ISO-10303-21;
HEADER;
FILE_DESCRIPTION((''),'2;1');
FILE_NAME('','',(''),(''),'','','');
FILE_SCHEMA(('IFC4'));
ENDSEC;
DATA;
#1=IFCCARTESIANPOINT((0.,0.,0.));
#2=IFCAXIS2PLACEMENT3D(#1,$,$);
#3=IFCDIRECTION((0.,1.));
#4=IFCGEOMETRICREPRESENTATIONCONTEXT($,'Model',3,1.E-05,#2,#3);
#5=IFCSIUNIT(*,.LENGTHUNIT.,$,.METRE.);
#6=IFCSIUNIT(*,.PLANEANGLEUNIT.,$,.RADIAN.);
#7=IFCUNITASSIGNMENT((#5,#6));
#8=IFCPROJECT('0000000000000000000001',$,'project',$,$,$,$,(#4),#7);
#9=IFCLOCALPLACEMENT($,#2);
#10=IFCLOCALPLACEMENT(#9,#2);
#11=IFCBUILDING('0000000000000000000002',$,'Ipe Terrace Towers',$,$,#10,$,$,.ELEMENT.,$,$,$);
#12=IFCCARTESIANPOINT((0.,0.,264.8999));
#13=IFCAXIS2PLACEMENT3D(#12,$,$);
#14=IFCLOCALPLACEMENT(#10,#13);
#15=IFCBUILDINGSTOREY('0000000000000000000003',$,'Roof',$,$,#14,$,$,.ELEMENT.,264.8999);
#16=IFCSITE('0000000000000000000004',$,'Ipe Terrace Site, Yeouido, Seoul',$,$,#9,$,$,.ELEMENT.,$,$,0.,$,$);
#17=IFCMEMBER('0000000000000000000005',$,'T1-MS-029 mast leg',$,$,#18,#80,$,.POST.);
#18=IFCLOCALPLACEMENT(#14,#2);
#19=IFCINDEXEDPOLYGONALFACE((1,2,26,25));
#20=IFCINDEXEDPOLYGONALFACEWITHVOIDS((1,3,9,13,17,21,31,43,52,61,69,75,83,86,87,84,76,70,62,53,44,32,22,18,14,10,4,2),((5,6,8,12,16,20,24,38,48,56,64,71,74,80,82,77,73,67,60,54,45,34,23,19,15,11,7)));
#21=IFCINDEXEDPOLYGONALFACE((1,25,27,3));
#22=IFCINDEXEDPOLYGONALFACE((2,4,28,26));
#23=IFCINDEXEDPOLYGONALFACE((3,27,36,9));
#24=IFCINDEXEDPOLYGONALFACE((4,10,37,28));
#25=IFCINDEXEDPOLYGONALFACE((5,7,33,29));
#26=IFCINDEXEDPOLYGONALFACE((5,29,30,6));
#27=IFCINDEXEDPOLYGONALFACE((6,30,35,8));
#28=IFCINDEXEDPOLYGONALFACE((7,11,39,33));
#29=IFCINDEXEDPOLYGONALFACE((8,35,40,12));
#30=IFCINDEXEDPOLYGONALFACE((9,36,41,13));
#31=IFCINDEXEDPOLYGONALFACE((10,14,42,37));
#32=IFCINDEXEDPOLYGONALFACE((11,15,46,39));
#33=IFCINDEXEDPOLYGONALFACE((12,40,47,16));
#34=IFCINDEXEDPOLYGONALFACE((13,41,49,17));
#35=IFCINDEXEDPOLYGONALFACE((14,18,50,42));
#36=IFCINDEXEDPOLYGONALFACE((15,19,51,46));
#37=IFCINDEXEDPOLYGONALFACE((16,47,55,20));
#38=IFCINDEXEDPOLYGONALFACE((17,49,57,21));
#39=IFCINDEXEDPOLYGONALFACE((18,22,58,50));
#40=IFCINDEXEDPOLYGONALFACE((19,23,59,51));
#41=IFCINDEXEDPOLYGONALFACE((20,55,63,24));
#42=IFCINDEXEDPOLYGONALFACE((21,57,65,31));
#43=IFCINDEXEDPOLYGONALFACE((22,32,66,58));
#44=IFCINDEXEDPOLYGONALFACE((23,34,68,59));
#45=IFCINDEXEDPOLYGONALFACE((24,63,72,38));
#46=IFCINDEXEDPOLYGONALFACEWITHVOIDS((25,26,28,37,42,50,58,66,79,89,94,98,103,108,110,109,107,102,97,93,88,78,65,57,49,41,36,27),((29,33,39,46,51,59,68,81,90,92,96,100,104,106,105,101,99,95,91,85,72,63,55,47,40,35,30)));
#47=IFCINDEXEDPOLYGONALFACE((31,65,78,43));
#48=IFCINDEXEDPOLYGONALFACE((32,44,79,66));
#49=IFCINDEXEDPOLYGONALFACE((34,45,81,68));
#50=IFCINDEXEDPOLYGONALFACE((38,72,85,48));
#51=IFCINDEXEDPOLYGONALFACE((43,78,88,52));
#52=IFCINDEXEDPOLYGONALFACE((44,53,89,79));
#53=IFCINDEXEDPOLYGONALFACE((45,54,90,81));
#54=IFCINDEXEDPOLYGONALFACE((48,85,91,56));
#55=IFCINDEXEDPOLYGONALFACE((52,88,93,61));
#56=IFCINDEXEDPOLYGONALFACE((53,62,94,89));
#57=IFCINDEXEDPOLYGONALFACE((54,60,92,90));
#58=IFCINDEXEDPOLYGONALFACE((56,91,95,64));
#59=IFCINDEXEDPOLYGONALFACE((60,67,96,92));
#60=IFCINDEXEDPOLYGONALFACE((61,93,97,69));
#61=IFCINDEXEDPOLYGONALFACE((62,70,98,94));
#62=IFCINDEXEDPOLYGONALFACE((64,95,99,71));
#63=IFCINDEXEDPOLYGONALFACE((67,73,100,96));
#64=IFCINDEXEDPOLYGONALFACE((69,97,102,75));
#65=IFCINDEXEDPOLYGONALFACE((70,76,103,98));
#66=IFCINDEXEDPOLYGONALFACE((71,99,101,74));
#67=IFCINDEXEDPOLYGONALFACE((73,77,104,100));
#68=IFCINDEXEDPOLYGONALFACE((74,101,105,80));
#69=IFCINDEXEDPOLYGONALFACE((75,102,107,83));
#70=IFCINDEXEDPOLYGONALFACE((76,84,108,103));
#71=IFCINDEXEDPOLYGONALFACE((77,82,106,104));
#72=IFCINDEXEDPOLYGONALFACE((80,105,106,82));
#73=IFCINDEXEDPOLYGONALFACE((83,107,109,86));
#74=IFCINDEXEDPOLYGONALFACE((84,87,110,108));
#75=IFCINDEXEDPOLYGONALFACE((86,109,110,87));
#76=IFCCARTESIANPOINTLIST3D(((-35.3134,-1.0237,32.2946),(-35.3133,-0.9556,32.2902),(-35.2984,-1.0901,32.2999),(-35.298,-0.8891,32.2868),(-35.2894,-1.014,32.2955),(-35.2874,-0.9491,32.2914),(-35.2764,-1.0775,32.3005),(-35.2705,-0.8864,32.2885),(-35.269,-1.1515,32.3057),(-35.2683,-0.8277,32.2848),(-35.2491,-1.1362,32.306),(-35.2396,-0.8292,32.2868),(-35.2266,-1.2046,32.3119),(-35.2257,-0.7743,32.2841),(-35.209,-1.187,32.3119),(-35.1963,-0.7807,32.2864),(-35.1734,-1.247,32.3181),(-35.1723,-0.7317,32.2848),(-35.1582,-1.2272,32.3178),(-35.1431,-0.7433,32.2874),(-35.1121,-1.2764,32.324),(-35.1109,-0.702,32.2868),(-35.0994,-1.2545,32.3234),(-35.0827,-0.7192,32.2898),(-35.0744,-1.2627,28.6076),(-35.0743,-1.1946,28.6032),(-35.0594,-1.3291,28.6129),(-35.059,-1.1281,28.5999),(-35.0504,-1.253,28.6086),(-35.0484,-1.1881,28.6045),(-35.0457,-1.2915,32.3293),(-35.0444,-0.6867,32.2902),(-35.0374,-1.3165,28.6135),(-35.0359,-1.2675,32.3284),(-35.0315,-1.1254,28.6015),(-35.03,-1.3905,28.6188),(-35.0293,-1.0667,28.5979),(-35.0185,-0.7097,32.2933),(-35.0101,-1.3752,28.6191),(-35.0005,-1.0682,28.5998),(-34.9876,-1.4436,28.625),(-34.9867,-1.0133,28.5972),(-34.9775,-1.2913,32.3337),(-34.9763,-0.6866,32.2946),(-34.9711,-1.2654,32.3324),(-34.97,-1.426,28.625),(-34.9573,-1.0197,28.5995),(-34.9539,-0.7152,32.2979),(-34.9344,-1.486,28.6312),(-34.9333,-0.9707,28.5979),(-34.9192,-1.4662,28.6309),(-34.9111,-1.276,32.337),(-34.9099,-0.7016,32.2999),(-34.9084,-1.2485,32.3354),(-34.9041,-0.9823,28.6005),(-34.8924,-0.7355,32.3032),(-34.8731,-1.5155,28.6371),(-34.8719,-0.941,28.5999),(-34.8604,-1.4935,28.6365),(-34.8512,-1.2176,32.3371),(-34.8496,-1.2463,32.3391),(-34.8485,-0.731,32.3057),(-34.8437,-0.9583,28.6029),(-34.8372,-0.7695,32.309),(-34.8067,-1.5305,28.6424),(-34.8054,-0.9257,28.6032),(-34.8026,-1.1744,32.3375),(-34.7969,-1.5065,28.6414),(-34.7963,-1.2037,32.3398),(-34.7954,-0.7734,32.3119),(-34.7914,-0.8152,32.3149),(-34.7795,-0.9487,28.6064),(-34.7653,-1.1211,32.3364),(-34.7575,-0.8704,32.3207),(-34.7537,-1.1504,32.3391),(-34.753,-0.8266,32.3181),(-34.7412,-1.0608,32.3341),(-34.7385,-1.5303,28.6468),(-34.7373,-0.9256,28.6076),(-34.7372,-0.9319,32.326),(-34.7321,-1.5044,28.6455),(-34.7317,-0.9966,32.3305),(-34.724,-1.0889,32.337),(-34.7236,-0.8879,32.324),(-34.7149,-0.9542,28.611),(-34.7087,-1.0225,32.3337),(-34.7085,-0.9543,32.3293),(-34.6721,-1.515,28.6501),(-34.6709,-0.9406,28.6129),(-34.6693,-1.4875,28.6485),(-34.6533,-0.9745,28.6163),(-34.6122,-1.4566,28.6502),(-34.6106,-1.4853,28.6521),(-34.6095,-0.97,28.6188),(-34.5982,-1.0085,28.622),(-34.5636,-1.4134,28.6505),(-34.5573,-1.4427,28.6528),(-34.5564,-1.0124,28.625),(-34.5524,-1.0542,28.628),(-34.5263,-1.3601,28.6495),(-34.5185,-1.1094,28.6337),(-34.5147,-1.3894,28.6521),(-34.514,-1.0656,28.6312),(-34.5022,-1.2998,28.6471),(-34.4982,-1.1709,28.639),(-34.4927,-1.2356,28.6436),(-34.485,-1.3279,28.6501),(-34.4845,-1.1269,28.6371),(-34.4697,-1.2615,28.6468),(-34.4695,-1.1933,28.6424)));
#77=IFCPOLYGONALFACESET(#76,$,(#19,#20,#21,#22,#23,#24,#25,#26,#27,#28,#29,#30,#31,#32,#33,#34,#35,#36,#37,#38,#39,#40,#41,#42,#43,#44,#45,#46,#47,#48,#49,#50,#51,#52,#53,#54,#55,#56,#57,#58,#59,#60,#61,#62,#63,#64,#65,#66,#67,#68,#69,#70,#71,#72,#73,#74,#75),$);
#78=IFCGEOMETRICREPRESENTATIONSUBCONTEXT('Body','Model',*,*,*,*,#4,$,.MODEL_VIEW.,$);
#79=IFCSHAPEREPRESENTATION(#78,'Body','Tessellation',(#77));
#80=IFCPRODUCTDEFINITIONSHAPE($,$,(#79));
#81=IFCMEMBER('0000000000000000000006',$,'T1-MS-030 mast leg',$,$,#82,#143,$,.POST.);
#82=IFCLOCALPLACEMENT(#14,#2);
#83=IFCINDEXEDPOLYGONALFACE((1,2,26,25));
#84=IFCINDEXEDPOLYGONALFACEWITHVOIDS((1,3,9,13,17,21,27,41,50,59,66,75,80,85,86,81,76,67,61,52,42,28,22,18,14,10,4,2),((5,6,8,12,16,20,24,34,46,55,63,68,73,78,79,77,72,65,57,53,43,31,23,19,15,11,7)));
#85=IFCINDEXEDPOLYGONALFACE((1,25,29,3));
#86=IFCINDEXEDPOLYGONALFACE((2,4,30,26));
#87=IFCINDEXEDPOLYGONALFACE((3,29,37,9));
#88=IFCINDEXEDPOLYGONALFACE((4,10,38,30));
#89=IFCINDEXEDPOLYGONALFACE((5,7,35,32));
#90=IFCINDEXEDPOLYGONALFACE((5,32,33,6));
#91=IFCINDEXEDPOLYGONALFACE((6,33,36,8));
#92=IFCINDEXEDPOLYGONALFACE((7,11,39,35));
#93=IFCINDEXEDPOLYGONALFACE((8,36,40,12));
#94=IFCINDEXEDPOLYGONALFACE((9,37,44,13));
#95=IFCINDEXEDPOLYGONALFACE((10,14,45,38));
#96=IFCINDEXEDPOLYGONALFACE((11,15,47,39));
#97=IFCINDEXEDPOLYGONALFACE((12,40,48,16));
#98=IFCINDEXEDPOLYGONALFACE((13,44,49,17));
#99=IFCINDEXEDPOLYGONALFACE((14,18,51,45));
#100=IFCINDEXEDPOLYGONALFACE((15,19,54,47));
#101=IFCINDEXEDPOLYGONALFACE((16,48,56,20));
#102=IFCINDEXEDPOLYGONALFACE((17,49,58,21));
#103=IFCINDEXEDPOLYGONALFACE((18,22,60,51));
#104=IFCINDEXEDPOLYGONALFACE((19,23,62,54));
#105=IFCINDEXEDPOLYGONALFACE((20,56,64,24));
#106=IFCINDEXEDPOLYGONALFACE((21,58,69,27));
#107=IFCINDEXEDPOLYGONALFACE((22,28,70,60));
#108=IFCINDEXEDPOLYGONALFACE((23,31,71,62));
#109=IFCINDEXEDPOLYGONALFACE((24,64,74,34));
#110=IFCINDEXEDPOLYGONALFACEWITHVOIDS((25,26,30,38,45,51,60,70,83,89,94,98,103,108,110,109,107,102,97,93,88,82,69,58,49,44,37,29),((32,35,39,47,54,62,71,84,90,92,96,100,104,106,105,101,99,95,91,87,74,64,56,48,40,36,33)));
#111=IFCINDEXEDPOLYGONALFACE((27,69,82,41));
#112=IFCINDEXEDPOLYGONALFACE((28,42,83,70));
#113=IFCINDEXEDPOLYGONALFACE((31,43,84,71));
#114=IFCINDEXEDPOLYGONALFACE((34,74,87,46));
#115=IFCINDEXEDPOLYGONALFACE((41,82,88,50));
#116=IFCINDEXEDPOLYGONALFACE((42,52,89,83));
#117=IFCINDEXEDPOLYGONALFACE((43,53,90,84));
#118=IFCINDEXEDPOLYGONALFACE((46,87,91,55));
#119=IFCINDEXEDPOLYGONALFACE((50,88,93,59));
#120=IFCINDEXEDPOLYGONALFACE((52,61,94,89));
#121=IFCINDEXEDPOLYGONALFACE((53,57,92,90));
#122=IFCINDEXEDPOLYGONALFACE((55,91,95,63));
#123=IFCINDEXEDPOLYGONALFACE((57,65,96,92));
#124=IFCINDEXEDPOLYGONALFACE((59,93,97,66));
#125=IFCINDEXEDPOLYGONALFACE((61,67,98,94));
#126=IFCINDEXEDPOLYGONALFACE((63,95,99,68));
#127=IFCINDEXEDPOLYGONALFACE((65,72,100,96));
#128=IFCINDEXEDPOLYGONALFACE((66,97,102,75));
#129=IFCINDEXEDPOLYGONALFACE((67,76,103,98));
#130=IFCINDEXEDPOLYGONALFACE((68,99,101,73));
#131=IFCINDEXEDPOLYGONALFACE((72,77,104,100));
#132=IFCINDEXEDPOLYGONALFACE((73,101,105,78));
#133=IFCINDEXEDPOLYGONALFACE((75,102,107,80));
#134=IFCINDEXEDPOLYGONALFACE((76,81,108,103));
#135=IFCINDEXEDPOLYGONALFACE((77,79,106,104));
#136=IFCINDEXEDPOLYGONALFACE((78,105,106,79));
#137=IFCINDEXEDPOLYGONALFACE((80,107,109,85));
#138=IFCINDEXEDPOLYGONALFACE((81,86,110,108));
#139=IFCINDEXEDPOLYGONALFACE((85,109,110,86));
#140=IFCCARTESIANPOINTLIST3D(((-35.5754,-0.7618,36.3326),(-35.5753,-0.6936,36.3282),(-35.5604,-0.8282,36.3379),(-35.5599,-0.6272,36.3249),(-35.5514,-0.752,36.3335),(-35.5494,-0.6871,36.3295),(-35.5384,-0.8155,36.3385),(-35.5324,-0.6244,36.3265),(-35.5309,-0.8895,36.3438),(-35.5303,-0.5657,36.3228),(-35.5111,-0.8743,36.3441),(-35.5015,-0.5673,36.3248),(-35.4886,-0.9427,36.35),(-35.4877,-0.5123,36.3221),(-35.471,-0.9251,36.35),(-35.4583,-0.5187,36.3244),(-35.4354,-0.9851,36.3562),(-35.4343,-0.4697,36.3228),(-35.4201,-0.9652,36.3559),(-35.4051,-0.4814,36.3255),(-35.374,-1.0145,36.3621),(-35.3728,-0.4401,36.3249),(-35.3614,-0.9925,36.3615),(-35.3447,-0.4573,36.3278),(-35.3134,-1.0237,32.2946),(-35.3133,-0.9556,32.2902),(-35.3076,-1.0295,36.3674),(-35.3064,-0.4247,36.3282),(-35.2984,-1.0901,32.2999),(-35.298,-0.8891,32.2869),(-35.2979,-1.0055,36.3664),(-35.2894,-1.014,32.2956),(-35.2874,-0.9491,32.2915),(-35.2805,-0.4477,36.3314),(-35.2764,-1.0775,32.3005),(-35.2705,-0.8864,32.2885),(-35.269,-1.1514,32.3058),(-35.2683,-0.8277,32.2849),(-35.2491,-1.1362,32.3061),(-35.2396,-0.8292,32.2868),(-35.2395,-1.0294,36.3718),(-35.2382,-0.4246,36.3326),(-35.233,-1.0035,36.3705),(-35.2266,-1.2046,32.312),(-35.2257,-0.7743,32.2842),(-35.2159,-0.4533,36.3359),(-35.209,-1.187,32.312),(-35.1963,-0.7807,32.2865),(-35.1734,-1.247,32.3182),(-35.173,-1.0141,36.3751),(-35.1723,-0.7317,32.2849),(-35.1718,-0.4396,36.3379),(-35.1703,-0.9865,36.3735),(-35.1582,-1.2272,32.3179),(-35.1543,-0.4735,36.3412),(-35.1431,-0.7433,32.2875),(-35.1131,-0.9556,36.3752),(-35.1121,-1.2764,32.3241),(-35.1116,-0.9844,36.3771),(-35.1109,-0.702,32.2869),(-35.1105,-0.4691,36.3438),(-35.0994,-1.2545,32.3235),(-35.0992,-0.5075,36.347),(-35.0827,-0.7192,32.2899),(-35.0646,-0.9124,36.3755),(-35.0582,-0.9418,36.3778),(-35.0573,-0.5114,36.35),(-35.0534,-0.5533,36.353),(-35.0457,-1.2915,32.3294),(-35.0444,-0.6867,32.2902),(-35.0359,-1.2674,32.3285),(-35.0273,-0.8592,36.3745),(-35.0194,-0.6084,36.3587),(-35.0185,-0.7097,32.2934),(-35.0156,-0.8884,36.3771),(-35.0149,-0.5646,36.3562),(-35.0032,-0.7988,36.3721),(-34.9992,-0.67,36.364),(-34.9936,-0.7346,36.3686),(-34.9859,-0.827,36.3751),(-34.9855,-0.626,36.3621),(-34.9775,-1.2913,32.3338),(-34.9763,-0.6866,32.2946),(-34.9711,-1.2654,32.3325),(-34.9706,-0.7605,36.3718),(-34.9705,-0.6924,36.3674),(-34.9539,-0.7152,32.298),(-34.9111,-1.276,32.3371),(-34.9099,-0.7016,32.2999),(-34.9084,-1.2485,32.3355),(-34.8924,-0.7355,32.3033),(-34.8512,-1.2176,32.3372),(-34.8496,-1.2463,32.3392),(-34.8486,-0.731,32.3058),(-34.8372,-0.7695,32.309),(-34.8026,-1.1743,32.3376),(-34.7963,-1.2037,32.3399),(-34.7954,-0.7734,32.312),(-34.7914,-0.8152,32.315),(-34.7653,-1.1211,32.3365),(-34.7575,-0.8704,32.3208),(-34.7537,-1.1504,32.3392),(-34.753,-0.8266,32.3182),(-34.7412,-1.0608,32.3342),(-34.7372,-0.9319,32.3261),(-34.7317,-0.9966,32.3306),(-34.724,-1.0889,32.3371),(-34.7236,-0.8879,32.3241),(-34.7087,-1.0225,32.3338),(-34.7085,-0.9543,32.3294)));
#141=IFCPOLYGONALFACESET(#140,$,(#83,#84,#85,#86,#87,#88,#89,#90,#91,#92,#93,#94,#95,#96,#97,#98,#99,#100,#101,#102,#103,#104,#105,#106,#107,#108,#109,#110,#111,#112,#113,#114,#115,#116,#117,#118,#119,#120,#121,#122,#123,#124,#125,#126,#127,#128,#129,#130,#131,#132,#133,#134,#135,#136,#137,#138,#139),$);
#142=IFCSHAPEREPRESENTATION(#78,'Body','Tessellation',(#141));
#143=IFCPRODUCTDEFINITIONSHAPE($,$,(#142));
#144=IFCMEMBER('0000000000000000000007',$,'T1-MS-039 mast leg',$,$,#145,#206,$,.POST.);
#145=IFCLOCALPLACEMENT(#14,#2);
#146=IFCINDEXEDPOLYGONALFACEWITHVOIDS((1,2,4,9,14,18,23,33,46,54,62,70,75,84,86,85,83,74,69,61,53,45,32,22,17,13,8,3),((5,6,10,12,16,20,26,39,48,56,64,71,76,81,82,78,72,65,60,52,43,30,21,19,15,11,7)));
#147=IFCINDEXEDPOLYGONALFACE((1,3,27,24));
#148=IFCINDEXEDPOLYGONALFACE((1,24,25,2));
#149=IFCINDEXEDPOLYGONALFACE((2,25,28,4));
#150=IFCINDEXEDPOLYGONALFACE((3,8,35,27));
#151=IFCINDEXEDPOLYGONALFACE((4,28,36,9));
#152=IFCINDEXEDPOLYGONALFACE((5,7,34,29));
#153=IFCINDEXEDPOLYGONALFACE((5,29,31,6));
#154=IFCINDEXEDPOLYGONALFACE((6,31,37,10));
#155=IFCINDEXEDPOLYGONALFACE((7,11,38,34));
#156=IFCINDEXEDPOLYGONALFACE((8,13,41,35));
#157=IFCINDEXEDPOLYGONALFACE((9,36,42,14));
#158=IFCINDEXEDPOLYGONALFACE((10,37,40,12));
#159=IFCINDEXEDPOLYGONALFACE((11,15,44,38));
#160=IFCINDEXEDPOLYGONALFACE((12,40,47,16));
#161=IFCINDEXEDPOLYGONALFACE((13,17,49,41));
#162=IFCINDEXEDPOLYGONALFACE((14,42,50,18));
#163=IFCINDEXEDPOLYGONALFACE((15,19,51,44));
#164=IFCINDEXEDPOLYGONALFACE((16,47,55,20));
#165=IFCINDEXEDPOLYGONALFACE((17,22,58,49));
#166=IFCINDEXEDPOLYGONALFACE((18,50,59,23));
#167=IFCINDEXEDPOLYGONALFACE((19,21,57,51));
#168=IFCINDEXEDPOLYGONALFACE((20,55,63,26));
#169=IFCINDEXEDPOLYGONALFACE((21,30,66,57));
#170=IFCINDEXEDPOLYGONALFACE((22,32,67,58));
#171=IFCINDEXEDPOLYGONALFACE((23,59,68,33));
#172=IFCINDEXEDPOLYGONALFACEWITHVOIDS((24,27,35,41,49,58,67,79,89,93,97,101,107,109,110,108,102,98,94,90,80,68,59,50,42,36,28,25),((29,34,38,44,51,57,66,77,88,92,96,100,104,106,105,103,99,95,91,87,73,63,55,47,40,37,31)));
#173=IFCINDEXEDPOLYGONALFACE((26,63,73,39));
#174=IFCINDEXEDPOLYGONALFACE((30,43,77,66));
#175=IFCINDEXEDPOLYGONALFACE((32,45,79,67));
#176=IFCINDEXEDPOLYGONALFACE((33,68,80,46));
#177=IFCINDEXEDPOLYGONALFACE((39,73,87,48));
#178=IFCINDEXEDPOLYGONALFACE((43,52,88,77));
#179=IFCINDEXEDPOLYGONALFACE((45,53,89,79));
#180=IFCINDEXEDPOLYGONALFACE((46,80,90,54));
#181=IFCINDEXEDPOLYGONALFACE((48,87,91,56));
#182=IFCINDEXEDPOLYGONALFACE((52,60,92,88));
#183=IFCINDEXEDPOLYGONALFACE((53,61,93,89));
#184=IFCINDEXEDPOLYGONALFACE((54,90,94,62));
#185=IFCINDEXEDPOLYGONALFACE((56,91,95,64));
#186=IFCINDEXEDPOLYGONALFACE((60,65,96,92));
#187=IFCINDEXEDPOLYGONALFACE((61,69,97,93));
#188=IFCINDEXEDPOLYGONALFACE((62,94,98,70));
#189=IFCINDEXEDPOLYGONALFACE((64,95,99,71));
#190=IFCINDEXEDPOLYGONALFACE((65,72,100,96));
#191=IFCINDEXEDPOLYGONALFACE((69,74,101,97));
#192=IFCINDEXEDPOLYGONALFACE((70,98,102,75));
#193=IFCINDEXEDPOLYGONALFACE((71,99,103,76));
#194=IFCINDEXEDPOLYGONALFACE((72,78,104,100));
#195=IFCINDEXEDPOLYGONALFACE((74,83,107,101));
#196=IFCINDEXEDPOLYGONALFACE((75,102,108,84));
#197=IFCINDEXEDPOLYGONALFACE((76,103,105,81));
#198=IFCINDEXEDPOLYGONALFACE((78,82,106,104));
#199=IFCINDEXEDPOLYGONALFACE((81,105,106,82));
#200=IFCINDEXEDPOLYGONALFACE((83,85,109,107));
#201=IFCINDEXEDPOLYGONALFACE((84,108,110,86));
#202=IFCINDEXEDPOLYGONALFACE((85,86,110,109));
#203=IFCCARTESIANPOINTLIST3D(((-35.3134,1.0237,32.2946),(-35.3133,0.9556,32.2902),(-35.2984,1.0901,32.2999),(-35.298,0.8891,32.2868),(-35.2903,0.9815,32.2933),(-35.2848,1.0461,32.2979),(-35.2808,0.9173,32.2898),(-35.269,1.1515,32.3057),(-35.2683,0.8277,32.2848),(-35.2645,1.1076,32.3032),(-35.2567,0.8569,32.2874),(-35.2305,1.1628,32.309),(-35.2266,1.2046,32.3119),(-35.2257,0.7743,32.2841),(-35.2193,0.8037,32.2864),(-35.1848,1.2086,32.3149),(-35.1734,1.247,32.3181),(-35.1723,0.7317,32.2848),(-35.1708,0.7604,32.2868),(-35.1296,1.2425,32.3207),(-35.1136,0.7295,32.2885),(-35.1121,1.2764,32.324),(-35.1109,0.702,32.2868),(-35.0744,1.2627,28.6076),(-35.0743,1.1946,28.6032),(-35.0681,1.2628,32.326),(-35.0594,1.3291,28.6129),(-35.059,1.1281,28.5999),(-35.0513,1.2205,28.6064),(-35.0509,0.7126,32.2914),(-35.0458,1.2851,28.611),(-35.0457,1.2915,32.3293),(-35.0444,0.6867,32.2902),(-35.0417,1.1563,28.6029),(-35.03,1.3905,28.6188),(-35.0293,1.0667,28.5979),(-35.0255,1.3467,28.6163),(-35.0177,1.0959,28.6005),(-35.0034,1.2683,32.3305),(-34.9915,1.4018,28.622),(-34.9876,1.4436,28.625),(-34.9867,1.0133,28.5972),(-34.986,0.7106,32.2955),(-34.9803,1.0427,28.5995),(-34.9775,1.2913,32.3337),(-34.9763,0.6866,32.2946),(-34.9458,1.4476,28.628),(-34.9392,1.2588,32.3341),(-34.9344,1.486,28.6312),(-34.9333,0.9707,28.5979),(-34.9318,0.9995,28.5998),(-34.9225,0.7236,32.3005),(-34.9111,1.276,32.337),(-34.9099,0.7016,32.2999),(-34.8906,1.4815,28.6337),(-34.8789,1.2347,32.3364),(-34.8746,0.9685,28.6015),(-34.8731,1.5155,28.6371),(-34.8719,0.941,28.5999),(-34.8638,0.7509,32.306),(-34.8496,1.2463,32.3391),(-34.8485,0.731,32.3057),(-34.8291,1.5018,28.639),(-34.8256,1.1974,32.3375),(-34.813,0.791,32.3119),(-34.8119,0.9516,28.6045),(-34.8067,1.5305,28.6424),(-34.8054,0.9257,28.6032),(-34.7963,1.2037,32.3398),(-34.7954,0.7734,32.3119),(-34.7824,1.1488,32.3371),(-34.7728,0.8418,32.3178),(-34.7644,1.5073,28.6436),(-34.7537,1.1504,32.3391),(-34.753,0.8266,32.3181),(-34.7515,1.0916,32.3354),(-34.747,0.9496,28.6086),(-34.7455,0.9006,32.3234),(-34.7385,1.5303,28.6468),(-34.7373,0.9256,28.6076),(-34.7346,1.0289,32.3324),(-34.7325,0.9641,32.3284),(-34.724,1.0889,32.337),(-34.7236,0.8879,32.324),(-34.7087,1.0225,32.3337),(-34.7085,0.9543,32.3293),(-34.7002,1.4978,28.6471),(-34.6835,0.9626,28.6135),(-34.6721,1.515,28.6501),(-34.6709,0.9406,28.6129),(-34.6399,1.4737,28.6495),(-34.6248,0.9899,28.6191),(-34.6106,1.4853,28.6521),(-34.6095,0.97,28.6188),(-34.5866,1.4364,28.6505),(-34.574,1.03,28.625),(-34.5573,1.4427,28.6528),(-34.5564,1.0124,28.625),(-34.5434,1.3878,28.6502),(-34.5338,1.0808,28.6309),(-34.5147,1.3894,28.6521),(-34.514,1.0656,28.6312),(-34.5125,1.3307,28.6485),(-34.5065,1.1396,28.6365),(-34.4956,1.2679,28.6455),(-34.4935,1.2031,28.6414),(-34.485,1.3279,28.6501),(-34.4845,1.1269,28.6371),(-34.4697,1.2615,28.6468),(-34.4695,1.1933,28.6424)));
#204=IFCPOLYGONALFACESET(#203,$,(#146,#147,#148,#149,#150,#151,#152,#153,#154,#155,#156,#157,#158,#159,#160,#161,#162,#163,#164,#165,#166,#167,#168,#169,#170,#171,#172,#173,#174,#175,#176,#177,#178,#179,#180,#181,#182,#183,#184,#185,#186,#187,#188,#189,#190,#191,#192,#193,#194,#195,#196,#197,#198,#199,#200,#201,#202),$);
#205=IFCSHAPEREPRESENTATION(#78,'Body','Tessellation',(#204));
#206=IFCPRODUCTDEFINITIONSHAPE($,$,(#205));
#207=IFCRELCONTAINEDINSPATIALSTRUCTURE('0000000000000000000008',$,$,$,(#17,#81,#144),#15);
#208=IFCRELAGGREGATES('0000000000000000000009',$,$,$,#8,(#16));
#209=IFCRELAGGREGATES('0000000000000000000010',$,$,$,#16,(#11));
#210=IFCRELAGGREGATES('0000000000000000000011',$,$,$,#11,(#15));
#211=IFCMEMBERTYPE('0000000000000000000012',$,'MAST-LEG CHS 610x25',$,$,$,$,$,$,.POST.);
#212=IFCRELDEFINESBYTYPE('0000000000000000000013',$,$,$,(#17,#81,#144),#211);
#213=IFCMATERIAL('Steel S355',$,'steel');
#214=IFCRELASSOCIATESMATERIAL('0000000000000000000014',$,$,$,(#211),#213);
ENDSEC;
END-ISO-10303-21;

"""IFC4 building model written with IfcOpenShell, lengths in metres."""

from ifc_helpers import new_model, si_unit, direction, frame, origin, origin_2d, place, context, subcontext, project, spatial, hollow_circle, extrude, material, material_profile, profile_set, type_object, element, save


model = new_model("IFC4")

# Units and contexts
model_context = context("Model", 3, precision=1e-05, world=origin(), true_north=direction((0.0, 1.0)))
body_context = subcontext(model_context, "Body", "Model", "MODEL_VIEW")
ifc_project = project(units=[si_unit("LENGTHUNIT", "METRE"), si_unit("PLANEANGLEUNIT", "RADIAN")], contexts=[model_context])

# Site, building, storey
site_placement = place(None, origin())
site = spatial("IfcSite", under=ifc_project, at=site_placement, Name="Ipe Terrace Site, Yeouido, Seoul", CompositionType="ELEMENT", RefElevation=0.0)
building_placement = place(site_placement, origin())
building = spatial("IfcBuilding", under=site, at=building_placement, Name="Ipe Terrace Towers", CompositionType="ELEMENT")
storey_placement = place(building_placement, frame((0.0, 0.0, 264.8999)))
storey = spatial("IfcBuildingStorey", under=building, at=storey_placement, Name="Roof", CompositionType="ELEMENT", Elevation=264.8999)

# Members
ifc_material_1 = material(Name="Steel S355", Category="steel")
ifc_material_profile_1 = material_profile(ifc_material_1, hollow_circle(Radius=0.3049, WallThickness=0.0249, at=origin_2d()), Name="MAST-LEG CHS 610x25")
ifc_profile_set_1 = profile_set([ifc_material_profile_1], Name="Steel S355")
member_type_1 = type_object("IfcMemberType", Name="MAST-LEG CHS 610x25", PredefinedType="POST", material=ifc_profile_set_1)
member_1_placement = place(storey_placement, frame((-34.772, -1.228, 28.625), z_axis=(-0.064555, 0.064555, 0.995824), x_axis=(-0.707107, -0.707107, 0.0)))
element("IfcMember", 1, at=member_1_placement, inside=storey, type_object=member_type_1, Name="T1-MS-029 mast leg", PredefinedType="POST", context=body_context, shape_type="SweptSolid", body=[
    extrude(hollow_circle(Radius=0.3049, WallThickness=0.0249, at=origin_2d()), origin(), (0.0, 0.0, 1.0), 3.7024),
])
member_2_placement = place(storey_placement, frame((-35.011, -0.989, 32.312), z_axis=(-0.064602, 0.064602, 0.995818), x_axis=(-0.707107, -0.707107, 0.0)))
element("IfcMember", 2, at=member_2_placement, inside=storey, type_object=member_type_1, Name="T1-MS-030 mast leg", PredefinedType="POST", context=body_context, shape_type="SweptSolid", body=[
    extrude(hollow_circle(Radius=0.3049, WallThickness=0.0249, at=origin_2d()), origin(), (0.0, 0.0, 1.0), 4.0549),
])
member_3_placement = place(storey_placement, frame((-34.772, 1.228, 28.625), z_axis=(-0.064555, -0.064555, 0.995824), x_axis=(0.707107, -0.707107, 0.0)))
element("IfcMember", 3, at=member_3_placement, inside=storey, type_object=member_type_1, Name="T1-MS-039 mast leg", PredefinedType="POST", context=body_context, shape_type="SweptSolid", body=[
    extrude(hollow_circle(Radius=0.3049, WallThickness=0.0249, at=origin_2d()), origin(), (0.0, 0.0, 1.0), 3.7024),
])

save(model, "model.ifc")
